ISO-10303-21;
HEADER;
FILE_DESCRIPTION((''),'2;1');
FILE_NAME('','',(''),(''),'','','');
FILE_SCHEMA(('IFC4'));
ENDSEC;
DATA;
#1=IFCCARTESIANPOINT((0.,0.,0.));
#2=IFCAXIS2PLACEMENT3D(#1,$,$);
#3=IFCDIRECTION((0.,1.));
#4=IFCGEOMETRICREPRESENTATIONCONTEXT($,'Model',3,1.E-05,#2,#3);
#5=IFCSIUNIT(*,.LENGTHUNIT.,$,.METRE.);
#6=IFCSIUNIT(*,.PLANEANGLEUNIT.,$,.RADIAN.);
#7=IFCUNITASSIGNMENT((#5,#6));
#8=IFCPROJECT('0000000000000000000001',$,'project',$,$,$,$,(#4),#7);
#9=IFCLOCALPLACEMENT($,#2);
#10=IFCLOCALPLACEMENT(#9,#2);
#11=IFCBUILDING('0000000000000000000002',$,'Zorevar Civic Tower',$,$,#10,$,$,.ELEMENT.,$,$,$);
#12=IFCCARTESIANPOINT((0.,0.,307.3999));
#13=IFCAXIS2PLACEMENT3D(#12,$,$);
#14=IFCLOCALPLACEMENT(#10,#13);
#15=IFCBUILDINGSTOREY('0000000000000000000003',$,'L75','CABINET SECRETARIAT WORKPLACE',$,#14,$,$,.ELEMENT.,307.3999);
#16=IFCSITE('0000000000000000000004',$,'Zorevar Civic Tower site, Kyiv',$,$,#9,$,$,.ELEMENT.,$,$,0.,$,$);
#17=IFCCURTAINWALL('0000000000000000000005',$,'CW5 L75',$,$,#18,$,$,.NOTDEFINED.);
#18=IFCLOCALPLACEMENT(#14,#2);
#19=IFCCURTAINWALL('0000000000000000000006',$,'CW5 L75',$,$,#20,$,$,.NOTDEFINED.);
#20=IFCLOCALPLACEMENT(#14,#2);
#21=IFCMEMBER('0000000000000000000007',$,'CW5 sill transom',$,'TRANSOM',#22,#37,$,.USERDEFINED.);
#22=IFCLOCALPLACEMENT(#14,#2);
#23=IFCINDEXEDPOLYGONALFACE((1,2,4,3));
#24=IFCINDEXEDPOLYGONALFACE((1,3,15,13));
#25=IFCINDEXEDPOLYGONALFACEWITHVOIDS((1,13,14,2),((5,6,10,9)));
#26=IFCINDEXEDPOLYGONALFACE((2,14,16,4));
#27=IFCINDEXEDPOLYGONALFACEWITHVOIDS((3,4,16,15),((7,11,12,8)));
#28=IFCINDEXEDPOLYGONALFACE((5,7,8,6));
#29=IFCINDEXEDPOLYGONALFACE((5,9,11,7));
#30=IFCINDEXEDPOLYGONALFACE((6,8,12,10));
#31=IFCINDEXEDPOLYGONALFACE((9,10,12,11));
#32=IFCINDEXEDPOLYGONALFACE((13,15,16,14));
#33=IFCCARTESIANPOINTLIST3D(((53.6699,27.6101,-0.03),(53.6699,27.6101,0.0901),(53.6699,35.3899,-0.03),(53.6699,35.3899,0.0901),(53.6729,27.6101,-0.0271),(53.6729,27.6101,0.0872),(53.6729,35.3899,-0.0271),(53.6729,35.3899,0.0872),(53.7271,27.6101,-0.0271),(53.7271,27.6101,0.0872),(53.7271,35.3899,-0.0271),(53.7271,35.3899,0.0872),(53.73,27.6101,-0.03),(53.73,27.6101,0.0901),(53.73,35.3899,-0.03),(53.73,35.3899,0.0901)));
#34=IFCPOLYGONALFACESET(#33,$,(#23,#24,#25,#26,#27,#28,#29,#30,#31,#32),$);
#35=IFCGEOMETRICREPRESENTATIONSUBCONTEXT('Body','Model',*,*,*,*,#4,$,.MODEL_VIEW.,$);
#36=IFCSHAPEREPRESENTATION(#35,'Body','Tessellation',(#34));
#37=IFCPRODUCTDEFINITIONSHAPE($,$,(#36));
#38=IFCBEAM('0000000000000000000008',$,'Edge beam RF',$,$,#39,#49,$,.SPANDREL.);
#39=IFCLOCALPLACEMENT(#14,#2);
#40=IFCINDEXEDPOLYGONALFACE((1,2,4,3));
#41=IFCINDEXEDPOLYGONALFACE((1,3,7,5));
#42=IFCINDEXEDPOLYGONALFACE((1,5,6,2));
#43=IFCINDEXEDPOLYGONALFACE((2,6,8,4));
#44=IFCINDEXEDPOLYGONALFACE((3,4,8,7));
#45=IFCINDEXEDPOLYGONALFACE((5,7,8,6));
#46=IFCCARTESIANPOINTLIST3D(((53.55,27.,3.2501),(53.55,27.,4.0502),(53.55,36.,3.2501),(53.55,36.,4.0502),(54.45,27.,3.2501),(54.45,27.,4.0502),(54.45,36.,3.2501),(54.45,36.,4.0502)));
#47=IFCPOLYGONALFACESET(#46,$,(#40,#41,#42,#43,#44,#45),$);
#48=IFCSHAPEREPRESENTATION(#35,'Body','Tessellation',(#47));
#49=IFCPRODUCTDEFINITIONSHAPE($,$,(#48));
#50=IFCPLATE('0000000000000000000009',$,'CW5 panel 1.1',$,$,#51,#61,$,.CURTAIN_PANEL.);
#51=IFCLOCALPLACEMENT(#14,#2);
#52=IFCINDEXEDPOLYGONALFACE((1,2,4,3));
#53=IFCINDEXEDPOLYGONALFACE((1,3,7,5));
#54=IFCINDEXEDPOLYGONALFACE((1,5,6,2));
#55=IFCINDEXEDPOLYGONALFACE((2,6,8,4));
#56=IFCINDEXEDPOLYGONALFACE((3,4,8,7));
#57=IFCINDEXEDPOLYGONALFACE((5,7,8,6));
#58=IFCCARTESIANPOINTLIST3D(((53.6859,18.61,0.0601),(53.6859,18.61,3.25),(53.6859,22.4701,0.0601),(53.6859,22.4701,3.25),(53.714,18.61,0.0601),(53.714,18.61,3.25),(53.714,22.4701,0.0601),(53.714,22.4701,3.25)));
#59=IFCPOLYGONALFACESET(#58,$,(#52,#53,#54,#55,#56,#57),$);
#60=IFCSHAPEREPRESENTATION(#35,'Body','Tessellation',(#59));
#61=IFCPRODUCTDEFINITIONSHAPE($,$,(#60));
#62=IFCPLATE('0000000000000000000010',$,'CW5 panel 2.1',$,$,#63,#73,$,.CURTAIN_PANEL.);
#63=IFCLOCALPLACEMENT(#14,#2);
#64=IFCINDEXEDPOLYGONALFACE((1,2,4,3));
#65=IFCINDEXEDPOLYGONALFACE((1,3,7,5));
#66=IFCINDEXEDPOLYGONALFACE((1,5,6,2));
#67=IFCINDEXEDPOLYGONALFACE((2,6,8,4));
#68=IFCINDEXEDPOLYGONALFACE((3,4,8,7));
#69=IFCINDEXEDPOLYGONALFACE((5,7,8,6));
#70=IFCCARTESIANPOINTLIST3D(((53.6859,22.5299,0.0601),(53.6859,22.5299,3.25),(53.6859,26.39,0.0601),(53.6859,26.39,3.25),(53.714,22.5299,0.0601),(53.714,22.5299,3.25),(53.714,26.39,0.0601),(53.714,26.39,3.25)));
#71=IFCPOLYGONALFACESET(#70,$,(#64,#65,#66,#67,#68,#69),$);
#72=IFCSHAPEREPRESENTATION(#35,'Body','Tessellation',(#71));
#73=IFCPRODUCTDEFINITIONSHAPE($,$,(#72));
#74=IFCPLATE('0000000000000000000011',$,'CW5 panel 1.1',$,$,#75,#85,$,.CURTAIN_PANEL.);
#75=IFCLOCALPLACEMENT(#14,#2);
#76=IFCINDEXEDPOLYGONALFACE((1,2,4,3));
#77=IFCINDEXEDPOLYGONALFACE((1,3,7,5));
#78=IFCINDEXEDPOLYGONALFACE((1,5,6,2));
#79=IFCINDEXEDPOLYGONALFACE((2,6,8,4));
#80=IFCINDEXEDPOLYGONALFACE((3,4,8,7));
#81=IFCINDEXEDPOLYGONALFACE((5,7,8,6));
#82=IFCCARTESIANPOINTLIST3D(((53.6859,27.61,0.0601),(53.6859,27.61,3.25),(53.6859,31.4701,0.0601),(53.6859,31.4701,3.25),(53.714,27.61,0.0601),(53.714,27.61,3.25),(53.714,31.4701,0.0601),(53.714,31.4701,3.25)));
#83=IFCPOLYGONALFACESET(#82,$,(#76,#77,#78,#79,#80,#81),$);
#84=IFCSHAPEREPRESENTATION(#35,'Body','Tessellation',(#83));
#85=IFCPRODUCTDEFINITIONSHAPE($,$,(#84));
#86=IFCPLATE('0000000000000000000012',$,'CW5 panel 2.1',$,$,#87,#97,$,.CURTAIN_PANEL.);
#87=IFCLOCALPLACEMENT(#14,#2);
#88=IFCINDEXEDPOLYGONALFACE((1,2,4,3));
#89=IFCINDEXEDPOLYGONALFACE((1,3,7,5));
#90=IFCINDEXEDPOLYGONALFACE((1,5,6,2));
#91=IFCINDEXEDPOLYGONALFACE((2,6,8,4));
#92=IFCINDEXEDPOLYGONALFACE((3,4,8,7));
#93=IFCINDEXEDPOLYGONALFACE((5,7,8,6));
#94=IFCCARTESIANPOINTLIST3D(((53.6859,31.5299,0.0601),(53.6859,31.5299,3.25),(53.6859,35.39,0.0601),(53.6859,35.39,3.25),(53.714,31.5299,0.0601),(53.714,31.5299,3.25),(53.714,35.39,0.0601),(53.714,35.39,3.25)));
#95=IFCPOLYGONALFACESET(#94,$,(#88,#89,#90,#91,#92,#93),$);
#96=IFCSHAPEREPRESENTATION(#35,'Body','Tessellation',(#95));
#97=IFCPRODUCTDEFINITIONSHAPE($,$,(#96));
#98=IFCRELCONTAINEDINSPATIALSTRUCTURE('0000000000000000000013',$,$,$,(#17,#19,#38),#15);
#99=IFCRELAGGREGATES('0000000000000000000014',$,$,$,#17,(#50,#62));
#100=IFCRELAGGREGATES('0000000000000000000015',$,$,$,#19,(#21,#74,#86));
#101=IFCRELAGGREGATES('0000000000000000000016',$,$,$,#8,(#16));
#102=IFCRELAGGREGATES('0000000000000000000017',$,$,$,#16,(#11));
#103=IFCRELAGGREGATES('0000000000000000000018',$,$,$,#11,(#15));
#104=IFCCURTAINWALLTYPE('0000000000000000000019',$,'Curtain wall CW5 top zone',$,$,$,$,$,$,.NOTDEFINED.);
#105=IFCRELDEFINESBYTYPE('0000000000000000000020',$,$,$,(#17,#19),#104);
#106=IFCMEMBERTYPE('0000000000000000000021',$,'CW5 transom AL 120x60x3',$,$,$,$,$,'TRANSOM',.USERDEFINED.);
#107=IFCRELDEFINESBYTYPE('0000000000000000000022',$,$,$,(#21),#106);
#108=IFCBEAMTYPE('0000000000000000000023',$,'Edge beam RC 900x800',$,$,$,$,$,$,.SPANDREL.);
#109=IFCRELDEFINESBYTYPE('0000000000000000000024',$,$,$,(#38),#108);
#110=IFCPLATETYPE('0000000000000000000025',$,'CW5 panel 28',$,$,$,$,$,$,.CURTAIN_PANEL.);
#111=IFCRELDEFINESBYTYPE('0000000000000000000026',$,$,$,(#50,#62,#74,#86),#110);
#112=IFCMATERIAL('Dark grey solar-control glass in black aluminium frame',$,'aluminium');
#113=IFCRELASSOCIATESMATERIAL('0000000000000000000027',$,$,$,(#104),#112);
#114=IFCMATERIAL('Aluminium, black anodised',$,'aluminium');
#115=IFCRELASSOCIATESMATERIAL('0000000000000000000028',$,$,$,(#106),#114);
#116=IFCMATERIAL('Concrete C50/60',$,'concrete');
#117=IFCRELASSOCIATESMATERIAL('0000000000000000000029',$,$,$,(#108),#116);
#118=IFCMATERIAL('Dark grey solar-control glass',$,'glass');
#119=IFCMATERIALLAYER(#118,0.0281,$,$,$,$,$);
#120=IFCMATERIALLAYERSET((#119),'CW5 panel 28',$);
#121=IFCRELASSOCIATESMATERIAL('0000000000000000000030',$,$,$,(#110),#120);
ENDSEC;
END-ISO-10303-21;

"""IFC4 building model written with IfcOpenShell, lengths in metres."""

from ifc_helpers import new_model, si_unit, direction, frame, origin, origin_2d, place, context, subcontext, project, spatial, rectangle, hollow_rectangle, extrude, material, layer, layer_set, material_profile, profile_set, type_object, element, aggregate, save


model = new_model("IFC4")

# Units and contexts
model_context = context("Model", 3, precision=1e-05, world=origin(), true_north=direction((0.0, 1.0)))
body_context = subcontext(model_context, "Body", "Model", "MODEL_VIEW")
ifc_project = project(units=[si_unit("LENGTHUNIT", "METRE"), si_unit("PLANEANGLEUNIT", "RADIAN")], contexts=[model_context])

# Site, building, storey
site_placement = place(None, origin())
site = spatial("IfcSite", under=ifc_project, at=site_placement, Name="Zorevar Civic Tower site, Kyiv", CompositionType="ELEMENT", RefElevation=0.0)
building_placement = place(site_placement, origin())
building = spatial("IfcBuilding", under=site, at=building_placement, Name="Zorevar Civic Tower", CompositionType="ELEMENT")
storey_placement = place(building_placement, frame((0.0, 0.0, 307.3999)))
storey = spatial("IfcBuildingStorey", under=building, at=storey_placement, Name="L75", Description="CABINET SECRETARIAT WORKPLACE", CompositionType="ELEMENT", Elevation=307.3999)

# Curtain walls
ifc_material_1 = material(Name="Dark grey solar-control glass in black aluminium frame", Category="aluminium")
curtain_wall_type = type_object("IfcCurtainWallType", Name="Curtain wall CW5 top zone", PredefinedType="NOTDEFINED", material=ifc_material_1)
curtain_wall_1_placement = place(storey_placement, origin())
curtain_wall_1 = element("IfcCurtainWall", 1, at=curtain_wall_1_placement, inside=storey, type_object=curtain_wall_type, Name="CW5 L75", PredefinedType="NOTDEFINED")
curtain_wall_2_placement = place(storey_placement, origin())
curtain_wall_2 = element("IfcCurtainWall", 2, at=curtain_wall_2_placement, inside=storey, type_object=curtain_wall_type, Name="CW5 L75", PredefinedType="NOTDEFINED")

# Member
ifc_material_2 = material(Name="Aluminium, black anodised", Category="aluminium")
ifc_material_profile_1 = material_profile(ifc_material_2, hollow_rectangle(XDim=0.0601, YDim=0.1201, WallThickness=0.0029, at=origin_2d()), Name="AL 120x60x3")
ifc_profile_set_1 = profile_set([ifc_material_profile_1], Name="Aluminium, black anodised")
member_type_1 = type_object("IfcMemberType", Name="CW5 transom AL 120x60x3", ElementType="TRANSOM", PredefinedType="USERDEFINED", material=ifc_profile_set_1)
member_1_placement = place(storey_placement, frame((53.7, 27.6101, 0.03), z_axis=(0.0, 1.0, 0.0), x_axis=(-1.0, 0.0, 0.0)))
member_1 = element("IfcMember", 3, at=member_1_placement, type_object=member_type_1, Name="CW5 sill transom", ObjectType="TRANSOM", PredefinedType="USERDEFINED", context=body_context, shape_type="SweptSolid", body=[
    extrude(hollow_rectangle(XDim=0.0601, YDim=0.1201, WallThickness=0.0029, at=origin_2d()), origin(), (0.0, 0.0, 1.0), 7.7798),
])

# Beam
ifc_material_3 = material(Name="Concrete C50/60", Category="concrete")
ifc_material_profile_2 = material_profile(ifc_material_3, rectangle(XDim=0.8999, YDim=0.8, at=origin_2d()), Name="RC 900x800")
ifc_profile_set_2 = profile_set([ifc_material_profile_2], Name="Concrete C50/60")
beam_type_1 = type_object("IfcBeamType", Name="Edge beam RC 900x800", PredefinedType="SPANDREL", material=ifc_profile_set_2)
beam_1_placement = place(storey_placement, frame((54.0, 27.0, 3.6501), z_axis=(0.0, 1.0, 0.0), x_axis=(-1.0, 0.0, 0.0)))
element("IfcBeam", 4, at=beam_1_placement, inside=storey, type_object=beam_type_1, Name="Edge beam RF", PredefinedType="SPANDREL", context=body_context, shape_type="SweptSolid", body=[
    extrude(rectangle(XDim=0.8999, YDim=0.8, at=origin_2d()), origin(), (0.0, 0.0, 1.0), 9.0),
])

# Plates
ifc_material_4 = material(Name="Dark grey solar-control glass", Category="glass")
ifc_layer_1 = layer(ifc_material_4, 0.0281)
ifc_layer_set_1 = layer_set([ifc_layer_1], Name="CW5 panel 28")
plate_type = type_object("IfcPlateType", Name="CW5 panel 28", PredefinedType="CURTAIN_PANEL", material=ifc_layer_set_1)
plate_1_placement = place(storey_placement, frame((53.7, 20.54, 0.0601), z_axis=(0.0, 0.0, 1.0), x_axis=(0.0, 1.0, 0.0)))
plate_1 = element("IfcPlate", 5, at=plate_1_placement, type_object=plate_type, Name="CW5 panel 1.1", PredefinedType="CURTAIN_PANEL", context=body_context, shape_type="SweptSolid", body=[
    extrude(rectangle(XDim=3.8601, YDim=0.0281, at=origin_2d()), origin(), (0.0, 0.0, 1.0), 3.1899),
])
plate_2_placement = place(storey_placement, frame((53.7, 24.46, 0.0601), z_axis=(0.0, 0.0, 1.0), x_axis=(0.0, 1.0, 0.0)))
plate_2 = element("IfcPlate", 6, at=plate_2_placement, type_object=plate_type, Name="CW5 panel 2.1", PredefinedType="CURTAIN_PANEL", context=body_context, shape_type="SweptSolid", body=[
    extrude(rectangle(XDim=3.8601, YDim=0.0281, at=origin_2d()), origin(), (0.0, 0.0, 1.0), 3.1899),
])
aggregate(curtain_wall_1, [plate_1, plate_2])
plate_3_placement = place(storey_placement, frame((53.7, 29.54, 0.0601), z_axis=(0.0, 0.0, 1.0), x_axis=(0.0, 1.0, 0.0)))
plate_3 = element("IfcPlate", 7, at=plate_3_placement, type_object=plate_type, Name="CW5 panel 1.1", PredefinedType="CURTAIN_PANEL", context=body_context, shape_type="SweptSolid", body=[
    extrude(rectangle(XDim=3.8601, YDim=0.0281, at=origin_2d()), origin(), (0.0, 0.0, 1.0), 3.1899),
])
plate_4_placement = place(storey_placement, frame((53.7, 33.46, 0.0601), z_axis=(0.0, 0.0, 1.0), x_axis=(0.0, 1.0, 0.0)))
plate_4 = element("IfcPlate", 8, at=plate_4_placement, type_object=plate_type, Name="CW5 panel 2.1", PredefinedType="CURTAIN_PANEL", context=body_context, shape_type="SweptSolid", body=[
    extrude(rectangle(XDim=3.8601, YDim=0.0281, at=origin_2d()), origin(), (0.0, 0.0, 1.0), 3.1899),
])
aggregate(curtain_wall_2, [member_1, plate_3, plate_4])

save(model, "model.ifc")
